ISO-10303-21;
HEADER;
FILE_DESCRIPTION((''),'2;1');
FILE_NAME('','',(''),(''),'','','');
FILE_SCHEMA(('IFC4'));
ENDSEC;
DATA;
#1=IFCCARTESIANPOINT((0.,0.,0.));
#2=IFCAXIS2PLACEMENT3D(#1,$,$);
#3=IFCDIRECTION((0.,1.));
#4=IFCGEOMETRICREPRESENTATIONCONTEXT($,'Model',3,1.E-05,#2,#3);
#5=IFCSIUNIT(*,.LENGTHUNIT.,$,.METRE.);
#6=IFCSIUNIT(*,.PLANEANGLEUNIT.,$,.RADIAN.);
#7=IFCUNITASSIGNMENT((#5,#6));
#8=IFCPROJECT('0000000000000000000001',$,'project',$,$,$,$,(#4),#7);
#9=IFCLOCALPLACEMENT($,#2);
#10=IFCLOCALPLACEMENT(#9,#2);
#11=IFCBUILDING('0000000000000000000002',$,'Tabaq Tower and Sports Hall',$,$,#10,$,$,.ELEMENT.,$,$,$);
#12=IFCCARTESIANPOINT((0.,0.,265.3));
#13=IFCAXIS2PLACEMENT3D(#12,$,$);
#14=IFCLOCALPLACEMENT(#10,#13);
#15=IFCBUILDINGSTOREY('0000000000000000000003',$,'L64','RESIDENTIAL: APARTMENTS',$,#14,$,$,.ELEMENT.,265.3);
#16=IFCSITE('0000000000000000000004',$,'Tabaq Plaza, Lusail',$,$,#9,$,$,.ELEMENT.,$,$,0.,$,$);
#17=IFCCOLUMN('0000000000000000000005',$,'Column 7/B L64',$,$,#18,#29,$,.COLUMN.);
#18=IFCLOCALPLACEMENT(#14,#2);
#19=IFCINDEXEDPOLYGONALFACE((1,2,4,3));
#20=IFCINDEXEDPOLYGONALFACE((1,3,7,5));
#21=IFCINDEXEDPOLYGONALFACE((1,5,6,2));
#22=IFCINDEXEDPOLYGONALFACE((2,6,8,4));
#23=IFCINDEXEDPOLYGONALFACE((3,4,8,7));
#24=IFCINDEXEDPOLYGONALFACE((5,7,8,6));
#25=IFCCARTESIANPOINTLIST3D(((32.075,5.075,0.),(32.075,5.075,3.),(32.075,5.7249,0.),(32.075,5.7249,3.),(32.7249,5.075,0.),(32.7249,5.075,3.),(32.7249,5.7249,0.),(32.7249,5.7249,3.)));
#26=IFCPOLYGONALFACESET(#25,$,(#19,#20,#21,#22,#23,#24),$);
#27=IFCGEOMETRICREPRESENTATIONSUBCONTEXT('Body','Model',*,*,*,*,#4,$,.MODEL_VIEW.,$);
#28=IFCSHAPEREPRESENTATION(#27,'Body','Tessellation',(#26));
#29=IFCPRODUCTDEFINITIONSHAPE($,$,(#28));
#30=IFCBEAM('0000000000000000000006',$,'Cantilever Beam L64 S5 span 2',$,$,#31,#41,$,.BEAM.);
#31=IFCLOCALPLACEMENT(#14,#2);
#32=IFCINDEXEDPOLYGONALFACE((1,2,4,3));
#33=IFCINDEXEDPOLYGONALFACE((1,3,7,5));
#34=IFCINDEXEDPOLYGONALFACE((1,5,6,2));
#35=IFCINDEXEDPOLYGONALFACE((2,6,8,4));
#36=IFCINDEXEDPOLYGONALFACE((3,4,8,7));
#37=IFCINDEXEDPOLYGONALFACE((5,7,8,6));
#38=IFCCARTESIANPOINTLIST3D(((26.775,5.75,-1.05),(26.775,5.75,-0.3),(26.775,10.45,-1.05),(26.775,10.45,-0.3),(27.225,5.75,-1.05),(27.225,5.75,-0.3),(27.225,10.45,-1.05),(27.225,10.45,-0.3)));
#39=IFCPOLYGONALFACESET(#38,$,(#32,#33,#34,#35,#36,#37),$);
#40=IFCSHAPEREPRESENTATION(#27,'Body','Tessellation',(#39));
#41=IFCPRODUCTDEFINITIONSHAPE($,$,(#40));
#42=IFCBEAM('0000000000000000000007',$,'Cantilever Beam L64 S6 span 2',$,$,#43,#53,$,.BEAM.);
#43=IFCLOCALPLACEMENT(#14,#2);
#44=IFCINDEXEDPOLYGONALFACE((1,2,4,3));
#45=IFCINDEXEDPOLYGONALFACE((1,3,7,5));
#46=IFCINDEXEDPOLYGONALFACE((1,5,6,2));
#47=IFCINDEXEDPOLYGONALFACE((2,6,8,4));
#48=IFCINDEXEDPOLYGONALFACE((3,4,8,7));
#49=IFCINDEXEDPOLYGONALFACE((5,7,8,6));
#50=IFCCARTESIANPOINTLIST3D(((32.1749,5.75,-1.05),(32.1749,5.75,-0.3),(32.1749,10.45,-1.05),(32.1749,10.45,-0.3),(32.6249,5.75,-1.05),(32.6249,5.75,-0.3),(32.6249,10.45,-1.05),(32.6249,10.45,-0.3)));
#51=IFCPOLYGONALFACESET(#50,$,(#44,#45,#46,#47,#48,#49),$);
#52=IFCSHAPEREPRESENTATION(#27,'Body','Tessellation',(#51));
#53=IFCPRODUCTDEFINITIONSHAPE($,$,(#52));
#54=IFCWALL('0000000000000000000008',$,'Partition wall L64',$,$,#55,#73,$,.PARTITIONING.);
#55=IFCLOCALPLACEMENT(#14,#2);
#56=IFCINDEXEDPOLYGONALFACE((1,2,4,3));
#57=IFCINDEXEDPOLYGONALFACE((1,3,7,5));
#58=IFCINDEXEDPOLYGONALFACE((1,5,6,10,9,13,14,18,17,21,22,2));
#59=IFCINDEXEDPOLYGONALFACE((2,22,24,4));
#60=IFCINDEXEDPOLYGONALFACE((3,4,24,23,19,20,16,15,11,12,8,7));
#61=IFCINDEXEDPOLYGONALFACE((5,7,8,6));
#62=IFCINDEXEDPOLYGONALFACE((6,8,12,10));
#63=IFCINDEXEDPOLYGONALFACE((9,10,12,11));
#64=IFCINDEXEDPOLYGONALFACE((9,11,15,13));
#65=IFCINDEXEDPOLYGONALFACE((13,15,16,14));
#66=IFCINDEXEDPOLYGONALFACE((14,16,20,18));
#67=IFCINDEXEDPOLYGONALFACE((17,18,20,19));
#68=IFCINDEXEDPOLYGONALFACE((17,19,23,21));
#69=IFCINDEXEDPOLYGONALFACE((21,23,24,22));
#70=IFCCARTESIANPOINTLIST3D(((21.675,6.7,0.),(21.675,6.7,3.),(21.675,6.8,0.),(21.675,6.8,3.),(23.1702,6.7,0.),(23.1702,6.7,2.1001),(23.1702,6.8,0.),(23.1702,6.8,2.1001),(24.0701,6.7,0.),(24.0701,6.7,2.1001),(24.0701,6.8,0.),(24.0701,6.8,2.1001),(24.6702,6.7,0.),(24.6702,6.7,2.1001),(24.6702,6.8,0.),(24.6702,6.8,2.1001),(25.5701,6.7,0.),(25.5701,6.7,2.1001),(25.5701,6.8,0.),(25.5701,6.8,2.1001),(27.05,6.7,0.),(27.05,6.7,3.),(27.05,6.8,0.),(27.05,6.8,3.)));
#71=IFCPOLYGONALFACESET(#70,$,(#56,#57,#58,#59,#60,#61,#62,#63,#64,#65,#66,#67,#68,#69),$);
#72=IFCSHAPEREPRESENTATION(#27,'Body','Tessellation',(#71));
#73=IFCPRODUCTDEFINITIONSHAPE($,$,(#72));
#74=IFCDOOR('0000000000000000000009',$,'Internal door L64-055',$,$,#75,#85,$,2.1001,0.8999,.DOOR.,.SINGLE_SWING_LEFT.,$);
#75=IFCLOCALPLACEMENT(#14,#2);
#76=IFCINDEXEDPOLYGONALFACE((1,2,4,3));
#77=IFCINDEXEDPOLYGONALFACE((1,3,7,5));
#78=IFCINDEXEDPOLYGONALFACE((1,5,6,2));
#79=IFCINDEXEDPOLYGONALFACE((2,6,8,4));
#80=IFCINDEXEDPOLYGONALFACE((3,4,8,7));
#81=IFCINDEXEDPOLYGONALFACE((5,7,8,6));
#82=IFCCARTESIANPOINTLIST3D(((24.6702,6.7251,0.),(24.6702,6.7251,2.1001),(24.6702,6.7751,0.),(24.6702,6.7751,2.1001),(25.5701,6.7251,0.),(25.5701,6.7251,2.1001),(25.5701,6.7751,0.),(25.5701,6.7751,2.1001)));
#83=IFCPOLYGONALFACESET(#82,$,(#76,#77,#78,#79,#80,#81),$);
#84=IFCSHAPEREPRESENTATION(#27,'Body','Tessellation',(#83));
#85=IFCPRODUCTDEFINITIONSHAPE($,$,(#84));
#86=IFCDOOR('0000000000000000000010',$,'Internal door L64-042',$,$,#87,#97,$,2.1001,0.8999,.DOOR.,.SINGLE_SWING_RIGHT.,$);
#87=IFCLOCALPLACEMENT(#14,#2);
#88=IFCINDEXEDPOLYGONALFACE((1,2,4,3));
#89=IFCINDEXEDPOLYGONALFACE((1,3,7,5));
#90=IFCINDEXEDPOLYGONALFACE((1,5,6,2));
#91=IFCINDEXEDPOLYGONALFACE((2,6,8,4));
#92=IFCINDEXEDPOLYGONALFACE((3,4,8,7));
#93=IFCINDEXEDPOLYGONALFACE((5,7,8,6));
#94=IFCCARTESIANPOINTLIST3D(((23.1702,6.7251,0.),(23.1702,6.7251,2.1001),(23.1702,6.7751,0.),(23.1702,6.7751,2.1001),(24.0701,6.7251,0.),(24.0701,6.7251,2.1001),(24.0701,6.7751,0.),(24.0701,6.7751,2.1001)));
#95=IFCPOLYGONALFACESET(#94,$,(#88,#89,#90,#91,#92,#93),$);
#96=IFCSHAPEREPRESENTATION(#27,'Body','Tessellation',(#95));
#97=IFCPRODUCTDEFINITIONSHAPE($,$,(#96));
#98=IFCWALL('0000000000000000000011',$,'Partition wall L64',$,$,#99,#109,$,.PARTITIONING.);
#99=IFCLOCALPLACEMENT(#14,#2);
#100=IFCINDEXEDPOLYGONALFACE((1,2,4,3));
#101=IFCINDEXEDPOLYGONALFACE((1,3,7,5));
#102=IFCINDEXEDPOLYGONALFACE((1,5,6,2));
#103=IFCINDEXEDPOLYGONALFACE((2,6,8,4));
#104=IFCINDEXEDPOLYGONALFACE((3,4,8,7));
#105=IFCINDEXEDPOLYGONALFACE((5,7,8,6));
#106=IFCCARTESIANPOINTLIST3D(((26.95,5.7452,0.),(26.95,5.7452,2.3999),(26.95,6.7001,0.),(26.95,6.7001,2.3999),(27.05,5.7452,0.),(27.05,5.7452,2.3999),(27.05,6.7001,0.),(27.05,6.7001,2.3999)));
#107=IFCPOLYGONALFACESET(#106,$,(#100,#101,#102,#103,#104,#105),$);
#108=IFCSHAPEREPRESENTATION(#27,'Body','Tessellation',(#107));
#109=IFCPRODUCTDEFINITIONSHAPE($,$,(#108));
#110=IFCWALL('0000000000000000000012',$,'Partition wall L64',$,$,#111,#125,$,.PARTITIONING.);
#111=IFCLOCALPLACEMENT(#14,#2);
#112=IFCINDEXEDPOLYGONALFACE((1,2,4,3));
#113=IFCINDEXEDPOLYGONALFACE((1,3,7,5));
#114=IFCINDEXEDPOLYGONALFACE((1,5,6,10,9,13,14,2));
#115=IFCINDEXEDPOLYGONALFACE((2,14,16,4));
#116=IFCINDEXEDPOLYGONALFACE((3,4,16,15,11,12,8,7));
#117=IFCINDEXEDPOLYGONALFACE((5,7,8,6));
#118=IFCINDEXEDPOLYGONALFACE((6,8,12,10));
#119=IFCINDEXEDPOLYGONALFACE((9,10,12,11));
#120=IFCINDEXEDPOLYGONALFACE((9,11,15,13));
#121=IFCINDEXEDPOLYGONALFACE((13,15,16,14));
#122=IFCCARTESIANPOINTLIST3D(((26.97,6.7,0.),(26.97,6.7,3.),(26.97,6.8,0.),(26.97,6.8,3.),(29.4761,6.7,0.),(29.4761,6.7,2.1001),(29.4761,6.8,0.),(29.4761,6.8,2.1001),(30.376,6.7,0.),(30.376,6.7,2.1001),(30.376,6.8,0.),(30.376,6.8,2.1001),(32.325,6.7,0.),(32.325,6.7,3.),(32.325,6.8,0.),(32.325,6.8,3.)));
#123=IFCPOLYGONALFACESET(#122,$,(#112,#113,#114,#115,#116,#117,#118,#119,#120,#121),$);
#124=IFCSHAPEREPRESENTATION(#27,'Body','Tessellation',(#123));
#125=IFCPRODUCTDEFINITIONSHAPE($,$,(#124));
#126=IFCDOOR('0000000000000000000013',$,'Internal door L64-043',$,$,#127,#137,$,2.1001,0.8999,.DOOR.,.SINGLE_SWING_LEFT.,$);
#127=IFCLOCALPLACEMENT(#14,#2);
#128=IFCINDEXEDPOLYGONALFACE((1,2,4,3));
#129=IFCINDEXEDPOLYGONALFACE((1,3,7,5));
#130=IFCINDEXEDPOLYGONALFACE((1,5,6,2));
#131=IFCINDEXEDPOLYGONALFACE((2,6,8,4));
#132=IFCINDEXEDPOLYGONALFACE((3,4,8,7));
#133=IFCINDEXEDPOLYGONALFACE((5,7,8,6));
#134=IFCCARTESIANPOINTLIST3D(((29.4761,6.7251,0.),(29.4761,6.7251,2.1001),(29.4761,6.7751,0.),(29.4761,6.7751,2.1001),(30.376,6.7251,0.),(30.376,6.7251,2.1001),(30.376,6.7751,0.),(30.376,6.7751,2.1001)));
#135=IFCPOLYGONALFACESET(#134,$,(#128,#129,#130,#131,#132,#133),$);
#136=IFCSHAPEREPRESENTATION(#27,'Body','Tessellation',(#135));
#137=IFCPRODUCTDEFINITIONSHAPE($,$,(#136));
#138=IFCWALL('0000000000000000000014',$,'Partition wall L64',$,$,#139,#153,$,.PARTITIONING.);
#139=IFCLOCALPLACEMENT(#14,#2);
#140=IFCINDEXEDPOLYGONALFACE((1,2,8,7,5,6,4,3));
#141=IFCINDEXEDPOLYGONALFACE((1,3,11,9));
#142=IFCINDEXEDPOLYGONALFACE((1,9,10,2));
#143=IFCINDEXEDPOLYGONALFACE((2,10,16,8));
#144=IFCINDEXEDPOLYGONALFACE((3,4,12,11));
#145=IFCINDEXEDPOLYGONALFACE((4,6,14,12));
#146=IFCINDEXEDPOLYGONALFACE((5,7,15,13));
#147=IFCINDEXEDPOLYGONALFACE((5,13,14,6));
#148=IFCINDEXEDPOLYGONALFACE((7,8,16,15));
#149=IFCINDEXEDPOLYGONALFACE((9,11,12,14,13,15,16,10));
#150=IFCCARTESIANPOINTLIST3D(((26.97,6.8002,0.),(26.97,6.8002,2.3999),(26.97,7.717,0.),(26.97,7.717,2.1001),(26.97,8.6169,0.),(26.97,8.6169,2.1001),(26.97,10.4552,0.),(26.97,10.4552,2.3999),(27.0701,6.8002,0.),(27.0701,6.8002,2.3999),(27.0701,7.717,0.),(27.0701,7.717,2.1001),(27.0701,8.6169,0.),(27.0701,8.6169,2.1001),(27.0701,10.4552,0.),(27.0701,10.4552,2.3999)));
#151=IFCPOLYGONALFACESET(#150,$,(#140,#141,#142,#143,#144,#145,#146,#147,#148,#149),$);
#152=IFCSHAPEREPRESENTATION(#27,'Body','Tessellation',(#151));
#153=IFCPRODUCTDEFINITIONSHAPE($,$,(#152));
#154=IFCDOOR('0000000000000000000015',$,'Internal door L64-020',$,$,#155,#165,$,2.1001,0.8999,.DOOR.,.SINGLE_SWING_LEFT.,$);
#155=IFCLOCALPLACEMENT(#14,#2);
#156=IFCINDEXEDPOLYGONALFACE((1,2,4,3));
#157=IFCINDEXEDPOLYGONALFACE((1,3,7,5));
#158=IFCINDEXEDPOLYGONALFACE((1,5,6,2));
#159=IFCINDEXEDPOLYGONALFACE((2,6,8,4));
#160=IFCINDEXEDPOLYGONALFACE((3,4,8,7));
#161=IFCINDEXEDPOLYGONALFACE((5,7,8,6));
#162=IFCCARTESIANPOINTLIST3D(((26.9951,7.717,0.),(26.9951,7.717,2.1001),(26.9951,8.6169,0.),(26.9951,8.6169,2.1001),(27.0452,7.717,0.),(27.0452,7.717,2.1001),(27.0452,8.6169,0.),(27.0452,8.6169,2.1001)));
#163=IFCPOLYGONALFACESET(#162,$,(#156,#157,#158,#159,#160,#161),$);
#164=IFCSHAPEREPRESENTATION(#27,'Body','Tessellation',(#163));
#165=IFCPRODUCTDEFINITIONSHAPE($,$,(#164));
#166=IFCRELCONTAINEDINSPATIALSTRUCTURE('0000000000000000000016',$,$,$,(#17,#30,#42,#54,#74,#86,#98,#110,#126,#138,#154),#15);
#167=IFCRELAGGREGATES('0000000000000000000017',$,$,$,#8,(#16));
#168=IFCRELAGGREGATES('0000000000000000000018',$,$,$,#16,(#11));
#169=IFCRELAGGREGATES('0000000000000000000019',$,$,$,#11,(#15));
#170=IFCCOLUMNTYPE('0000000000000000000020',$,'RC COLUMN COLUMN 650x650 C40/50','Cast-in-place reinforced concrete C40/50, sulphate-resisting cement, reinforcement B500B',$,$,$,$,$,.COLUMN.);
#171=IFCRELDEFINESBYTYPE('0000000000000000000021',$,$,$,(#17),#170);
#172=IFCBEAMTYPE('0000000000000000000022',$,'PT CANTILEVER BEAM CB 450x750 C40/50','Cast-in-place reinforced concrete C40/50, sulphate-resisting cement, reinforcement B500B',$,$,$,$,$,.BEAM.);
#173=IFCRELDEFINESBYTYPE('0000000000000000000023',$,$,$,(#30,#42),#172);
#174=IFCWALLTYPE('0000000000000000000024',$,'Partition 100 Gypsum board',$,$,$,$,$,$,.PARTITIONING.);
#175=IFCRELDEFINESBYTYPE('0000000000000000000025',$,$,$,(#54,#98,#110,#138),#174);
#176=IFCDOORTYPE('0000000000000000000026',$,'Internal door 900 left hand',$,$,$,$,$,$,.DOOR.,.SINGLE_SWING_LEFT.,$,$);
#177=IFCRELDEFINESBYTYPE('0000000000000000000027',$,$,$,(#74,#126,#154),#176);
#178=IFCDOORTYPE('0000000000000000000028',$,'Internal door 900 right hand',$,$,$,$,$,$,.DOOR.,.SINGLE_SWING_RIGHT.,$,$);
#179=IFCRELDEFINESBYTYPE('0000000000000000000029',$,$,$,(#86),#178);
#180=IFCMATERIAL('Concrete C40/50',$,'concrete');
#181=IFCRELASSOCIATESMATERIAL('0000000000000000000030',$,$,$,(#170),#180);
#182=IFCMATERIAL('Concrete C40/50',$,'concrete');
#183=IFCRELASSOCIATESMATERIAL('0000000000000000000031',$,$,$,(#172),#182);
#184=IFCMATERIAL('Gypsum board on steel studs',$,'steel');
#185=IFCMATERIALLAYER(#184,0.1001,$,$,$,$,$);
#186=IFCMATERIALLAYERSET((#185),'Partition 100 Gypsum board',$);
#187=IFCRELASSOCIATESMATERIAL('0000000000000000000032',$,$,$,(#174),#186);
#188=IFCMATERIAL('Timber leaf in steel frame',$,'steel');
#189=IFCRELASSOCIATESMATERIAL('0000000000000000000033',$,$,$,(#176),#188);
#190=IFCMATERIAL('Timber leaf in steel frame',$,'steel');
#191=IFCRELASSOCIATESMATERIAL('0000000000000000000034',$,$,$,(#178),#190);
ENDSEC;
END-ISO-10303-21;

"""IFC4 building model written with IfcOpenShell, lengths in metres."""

from ifc_helpers import new_model, si_unit, direction, frame, frame_2d, origin, origin_2d, place, context, subcontext, project, spatial, rectangle, extrude, material, layer, layer_set, material_profile, profile_set, type_object, element, fill, save


model = new_model("IFC4")

# Units and contexts
model_context = context("Model", 3, precision=1e-05, world=origin(), true_north=direction((0.0, 1.0)))
body_context = subcontext(model_context, "Body", "Model", "MODEL_VIEW")
ifc_project = project(units=[si_unit("LENGTHUNIT", "METRE"), si_unit("PLANEANGLEUNIT", "RADIAN")], contexts=[model_context])

# Site, building, storey
site_placement = place(None, origin())
site = spatial("IfcSite", under=ifc_project, at=site_placement, Name="Tabaq Plaza, Lusail", CompositionType="ELEMENT", RefElevation=0.0)
building_placement = place(site_placement, origin())
building = spatial("IfcBuilding", under=site, at=building_placement, Name="Tabaq Tower and Sports Hall", CompositionType="ELEMENT")
storey_placement = place(building_placement, frame((0.0, 0.0, 265.3)))
storey = spatial("IfcBuildingStorey", under=building, at=storey_placement, Name="L64", Description="RESIDENTIAL: APARTMENTS", CompositionType="ELEMENT", Elevation=265.3)

# Column
ifc_material_1 = material(Name="Concrete C40/50", Category="concrete")
ifc_material_profile_1 = material_profile(ifc_material_1, rectangle(XDim=0.6499, YDim=0.6499, at=origin_2d()), Name="COLUMN 650x650")
ifc_profile_set_1 = profile_set([ifc_material_profile_1], Name="Concrete C40/50")
column_type = type_object("IfcColumnType", Name="RC COLUMN COLUMN 650x650 C40/50", Description="Cast-in-place reinforced concrete C40/50, sulphate-resisting cement, reinforcement B500B", PredefinedType="COLUMN", material=ifc_profile_set_1)
column_placement = place(storey_placement, frame((32.3999, 5.3999, 0.0), z_axis=(0.0, 0.0, 1.0), x_axis=(1.0, 0.0, 0.0)))
element("IfcColumn", 1, at=column_placement, inside=storey, type_object=column_type, Name="Column 7/B L64", PredefinedType="COLUMN", context=body_context, shape_type="SweptSolid", body=[
    extrude(rectangle(XDim=0.6499, YDim=0.6499, at=origin_2d()), origin(), (0.0, 0.0, 1.0), 3.0),
])

# Beams
ifc_material_2 = material(Name="Concrete C40/50", Category="concrete")
ifc_material_profile_2 = material_profile(ifc_material_2, rectangle(XDim=0.45, YDim=0.75, at=origin_2d()), Name="CB 450x750")
ifc_profile_set_2 = profile_set([ifc_material_profile_2], Name="Concrete C40/50")
beam_type = type_object("IfcBeamType", Name="PT CANTILEVER BEAM CB 450x750 C40/50", Description="Cast-in-place reinforced concrete C40/50, sulphate-resisting cement, reinforcement B500B", PredefinedType="BEAM", material=ifc_profile_set_2)
for number, where, z_axis, x_axis, name in (
    (2, (27.0, 5.75, -0.675), (0.0, 1.0, 0.0), (-1.0, 0.0, 0.0), "Cantilever Beam L64 S5 span 2"),
    (3, (32.3999, 5.75, -0.675), (0.0, 1.0, 0.0), (-1.0, 0.0, 0.0), "Cantilever Beam L64 S6 span 2"),
):
    element("IfcBeam", number, at=place(storey_placement, frame(where, z_axis=z_axis, x_axis=x_axis)), inside=storey, type_object=beam_type, Name=name, PredefinedType="BEAM", context=body_context, shape_type="SweptSolid", body=[
        extrude(rectangle(XDim=0.45, YDim=0.75, at=origin_2d()), origin(), (0.0, 0.0, 1.0), 4.7),
    ])

# Wall, openings, doors
ifc_material_3 = material(Name="Gypsum board on steel studs", Category="steel")
ifc_layer_1 = layer(ifc_material_3, 0.1001)
ifc_layer_set_1 = layer_set([ifc_layer_1], Name="Partition 100 Gypsum board")
wall_type_1 = type_object("IfcWallType", Name="Partition 100 Gypsum board", PredefinedType="PARTITIONING", material=ifc_layer_set_1)
wall_1_placement = place(storey_placement, frame((27.05, 6.75, 0.0), z_axis=(0.0, 0.0, 1.0), x_axis=(-1.0, 0.0, 0.0)))
wall_1 = element("IfcWall", 4, at=wall_1_placement, inside=storey, type_object=wall_type_1, Name="Partition wall L64", PredefinedType="PARTITIONING", context=body_context, shape_type="SweptSolid", body=[
    extrude(rectangle(XDim=5.375, YDim=0.1001, at=frame_2d((2.6875, 0.0))), origin(), (0.0, 0.0, 1.0), 3.0),
])
opening_1_placement = place(wall_1_placement, frame((2.98, 0.0, 0.0)))
opening_1 = element("IfcOpeningElement", 5, at=opening_1_placement, cuts=wall_1, PredefinedType="OPENING", context=body_context, shape_type="SweptSolid", body=[
    extrude(rectangle(XDim=0.8999, YDim=2.1001, at=frame_2d((0.45, 1.05))), frame((0.0, 0.05, 0.0), z_axis=(0.0, -1.0, 0.0), x_axis=(1.0, 0.0, 0.0)), (0.0, 0.0, 1.0), 0.1001),
])
opening_2_placement = place(wall_1_placement, frame((1.48, 0.0, 0.0)))
opening_2 = element("IfcOpeningElement", 6, at=opening_2_placement, cuts=wall_1, PredefinedType="OPENING", context=body_context, shape_type="SweptSolid", body=[
    extrude(rectangle(XDim=0.8999, YDim=2.1001, at=frame_2d((0.45, 1.05))), frame((0.0, 0.05, 0.0), z_axis=(0.0, -1.0, 0.0), x_axis=(1.0, 0.0, 0.0)), (0.0, 0.0, 1.0), 0.1001),
])
ifc_material_4 = material(Name="Timber leaf in steel frame", Category="steel")
door_type_1 = type_object("IfcDoorType", Name="Internal door 900 left hand", OperationType="SINGLE_SWING_LEFT", PredefinedType="DOOR", material=ifc_material_4)
door_1_placement = place(opening_2_placement, origin())
door_1 = element("IfcDoor", 7, at=door_1_placement, inside=storey, type_object=door_type_1, Name="Internal door L64-055", OperationType="SINGLE_SWING_LEFT", OverallHeight=2.1001, OverallWidth=0.8999, PredefinedType="DOOR", context=body_context, shape_type="SweptSolid", body=[
    extrude(rectangle(XDim=0.8999, YDim=2.1001, at=frame_2d((0.45, 1.05))), frame((0.0, 0.0249, 0.0), z_axis=(0.0, -1.0, 0.0), x_axis=(1.0, 0.0, 0.0)), (0.0, 0.0, 1.0), 0.05),
])
fill(opening_2, door_1)
ifc_material_5 = material(Name="Timber leaf in steel frame", Category="steel")
door_type_2 = type_object("IfcDoorType", Name="Internal door 900 right hand", OperationType="SINGLE_SWING_RIGHT", PredefinedType="DOOR", material=ifc_material_5)
door_2_placement = place(opening_1_placement, origin())
door_2 = element("IfcDoor", 8, at=door_2_placement, inside=storey, type_object=door_type_2, Name="Internal door L64-042", OperationType="SINGLE_SWING_RIGHT", OverallHeight=2.1001, OverallWidth=0.8999, PredefinedType="DOOR", context=body_context, shape_type="SweptSolid", body=[
    extrude(rectangle(XDim=0.8999, YDim=2.1001, at=frame_2d((0.45, 1.05))), frame((0.0, 0.0249, 0.0), z_axis=(0.0, -1.0, 0.0), x_axis=(1.0, 0.0, 0.0)), (0.0, 0.0, 1.0), 0.05),
])
fill(opening_1, door_2)

# Wall
wall_2_placement = place(storey_placement, frame((27.0, 5.7451, 0.0), z_axis=(0.0, 0.0, 1.0), x_axis=(0.0, 1.0, 0.0)))
element("IfcWall", 9, at=wall_2_placement, inside=storey, type_object=wall_type_1, Name="Partition wall L64", PredefinedType="PARTITIONING", context=body_context, shape_type="SweptSolid", body=[
    extrude(rectangle(XDim=0.9548, YDim=0.1001, at=frame_2d((0.4775, 0.0))), origin(), (0.0, 0.0, 1.0), 2.3999),
])

# Walls, openings, doors
wall_3_placement = place(storey_placement, frame((32.325, 6.75, 0.0), z_axis=(0.0, 0.0, 1.0), x_axis=(-1.0, 0.0, 0.0)))
wall_3 = element("IfcWall", 10, at=wall_3_placement, inside=storey, type_object=wall_type_1, Name="Partition wall L64", PredefinedType="PARTITIONING", context=body_context, shape_type="SweptSolid", body=[
    extrude(rectangle(XDim=5.355, YDim=0.1001, at=frame_2d((2.6775, 0.0))), origin(), (0.0, 0.0, 1.0), 3.0),
])
opening_3_placement = place(wall_3_placement, frame((1.949, 0.0, 0.0)))
opening_3 = element("IfcOpeningElement", 11, at=opening_3_placement, cuts=wall_3, PredefinedType="OPENING", context=body_context, shape_type="SweptSolid", body=[
    extrude(rectangle(XDim=0.8999, YDim=2.1001, at=frame_2d((0.45, 1.05))), frame((0.0, 0.05, 0.0), z_axis=(0.0, -1.0, 0.0), x_axis=(1.0, 0.0, 0.0)), (0.0, 0.0, 1.0), 0.1001),
])
door_3_placement = place(opening_3_placement, origin())
door_3 = element("IfcDoor", 12, at=door_3_placement, inside=storey, type_object=door_type_1, Name="Internal door L64-043", OperationType="SINGLE_SWING_LEFT", OverallHeight=2.1001, OverallWidth=0.8999, PredefinedType="DOOR", context=body_context, shape_type="SweptSolid", body=[
    extrude(rectangle(XDim=0.8999, YDim=2.1001, at=frame_2d((0.45, 1.05))), frame((0.0, 0.0249, 0.0), z_axis=(0.0, -1.0, 0.0), x_axis=(1.0, 0.0, 0.0)), (0.0, 0.0, 1.0), 0.05),
])
fill(opening_3, door_3)
wall_4_placement = place(storey_placement, frame((27.02, 6.8, 0.0), z_axis=(0.0, 0.0, 1.0), x_axis=(0.0, 1.0, 0.0)))
wall_4 = element("IfcWall", 13, at=wall_4_placement, inside=storey, type_object=wall_type_1, Name="Partition wall L64", PredefinedType="PARTITIONING", context=body_context, shape_type="SweptSolid", body=[
    extrude(rectangle(XDim=3.655, YDim=0.1001, at=frame_2d((1.8276, 0.0))), origin(), (0.0, 0.0, 1.0), 2.3999),
])
opening_4_placement = place(wall_4_placement, frame((0.917, 0.0, 0.0)))
opening_4 = element("IfcOpeningElement", 14, at=opening_4_placement, cuts=wall_4, PredefinedType="OPENING", context=body_context, shape_type="SweptSolid", body=[
    extrude(rectangle(XDim=0.8999, YDim=2.1001, at=frame_2d((0.45, 1.05))), frame((0.0, 0.05, 0.0), z_axis=(0.0, -1.0, 0.0), x_axis=(1.0, 0.0, 0.0)), (0.0, 0.0, 1.0), 0.1001),
])
door_4_placement = place(opening_4_placement, origin())
door_4 = element("IfcDoor", 15, at=door_4_placement, inside=storey, type_object=door_type_1, Name="Internal door L64-020", OperationType="SINGLE_SWING_LEFT", OverallHeight=2.1001, OverallWidth=0.8999, PredefinedType="DOOR", context=body_context, shape_type="SweptSolid", body=[
    extrude(rectangle(XDim=0.8999, YDim=2.1001, at=frame_2d((0.45, 1.05))), frame((0.0, 0.0249, 0.0), z_axis=(0.0, -1.0, 0.0), x_axis=(1.0, 0.0, 0.0)), (0.0, 0.0, 1.0), 0.05),
])
fill(opening_4, door_4)

save(model, "model.ifc")
